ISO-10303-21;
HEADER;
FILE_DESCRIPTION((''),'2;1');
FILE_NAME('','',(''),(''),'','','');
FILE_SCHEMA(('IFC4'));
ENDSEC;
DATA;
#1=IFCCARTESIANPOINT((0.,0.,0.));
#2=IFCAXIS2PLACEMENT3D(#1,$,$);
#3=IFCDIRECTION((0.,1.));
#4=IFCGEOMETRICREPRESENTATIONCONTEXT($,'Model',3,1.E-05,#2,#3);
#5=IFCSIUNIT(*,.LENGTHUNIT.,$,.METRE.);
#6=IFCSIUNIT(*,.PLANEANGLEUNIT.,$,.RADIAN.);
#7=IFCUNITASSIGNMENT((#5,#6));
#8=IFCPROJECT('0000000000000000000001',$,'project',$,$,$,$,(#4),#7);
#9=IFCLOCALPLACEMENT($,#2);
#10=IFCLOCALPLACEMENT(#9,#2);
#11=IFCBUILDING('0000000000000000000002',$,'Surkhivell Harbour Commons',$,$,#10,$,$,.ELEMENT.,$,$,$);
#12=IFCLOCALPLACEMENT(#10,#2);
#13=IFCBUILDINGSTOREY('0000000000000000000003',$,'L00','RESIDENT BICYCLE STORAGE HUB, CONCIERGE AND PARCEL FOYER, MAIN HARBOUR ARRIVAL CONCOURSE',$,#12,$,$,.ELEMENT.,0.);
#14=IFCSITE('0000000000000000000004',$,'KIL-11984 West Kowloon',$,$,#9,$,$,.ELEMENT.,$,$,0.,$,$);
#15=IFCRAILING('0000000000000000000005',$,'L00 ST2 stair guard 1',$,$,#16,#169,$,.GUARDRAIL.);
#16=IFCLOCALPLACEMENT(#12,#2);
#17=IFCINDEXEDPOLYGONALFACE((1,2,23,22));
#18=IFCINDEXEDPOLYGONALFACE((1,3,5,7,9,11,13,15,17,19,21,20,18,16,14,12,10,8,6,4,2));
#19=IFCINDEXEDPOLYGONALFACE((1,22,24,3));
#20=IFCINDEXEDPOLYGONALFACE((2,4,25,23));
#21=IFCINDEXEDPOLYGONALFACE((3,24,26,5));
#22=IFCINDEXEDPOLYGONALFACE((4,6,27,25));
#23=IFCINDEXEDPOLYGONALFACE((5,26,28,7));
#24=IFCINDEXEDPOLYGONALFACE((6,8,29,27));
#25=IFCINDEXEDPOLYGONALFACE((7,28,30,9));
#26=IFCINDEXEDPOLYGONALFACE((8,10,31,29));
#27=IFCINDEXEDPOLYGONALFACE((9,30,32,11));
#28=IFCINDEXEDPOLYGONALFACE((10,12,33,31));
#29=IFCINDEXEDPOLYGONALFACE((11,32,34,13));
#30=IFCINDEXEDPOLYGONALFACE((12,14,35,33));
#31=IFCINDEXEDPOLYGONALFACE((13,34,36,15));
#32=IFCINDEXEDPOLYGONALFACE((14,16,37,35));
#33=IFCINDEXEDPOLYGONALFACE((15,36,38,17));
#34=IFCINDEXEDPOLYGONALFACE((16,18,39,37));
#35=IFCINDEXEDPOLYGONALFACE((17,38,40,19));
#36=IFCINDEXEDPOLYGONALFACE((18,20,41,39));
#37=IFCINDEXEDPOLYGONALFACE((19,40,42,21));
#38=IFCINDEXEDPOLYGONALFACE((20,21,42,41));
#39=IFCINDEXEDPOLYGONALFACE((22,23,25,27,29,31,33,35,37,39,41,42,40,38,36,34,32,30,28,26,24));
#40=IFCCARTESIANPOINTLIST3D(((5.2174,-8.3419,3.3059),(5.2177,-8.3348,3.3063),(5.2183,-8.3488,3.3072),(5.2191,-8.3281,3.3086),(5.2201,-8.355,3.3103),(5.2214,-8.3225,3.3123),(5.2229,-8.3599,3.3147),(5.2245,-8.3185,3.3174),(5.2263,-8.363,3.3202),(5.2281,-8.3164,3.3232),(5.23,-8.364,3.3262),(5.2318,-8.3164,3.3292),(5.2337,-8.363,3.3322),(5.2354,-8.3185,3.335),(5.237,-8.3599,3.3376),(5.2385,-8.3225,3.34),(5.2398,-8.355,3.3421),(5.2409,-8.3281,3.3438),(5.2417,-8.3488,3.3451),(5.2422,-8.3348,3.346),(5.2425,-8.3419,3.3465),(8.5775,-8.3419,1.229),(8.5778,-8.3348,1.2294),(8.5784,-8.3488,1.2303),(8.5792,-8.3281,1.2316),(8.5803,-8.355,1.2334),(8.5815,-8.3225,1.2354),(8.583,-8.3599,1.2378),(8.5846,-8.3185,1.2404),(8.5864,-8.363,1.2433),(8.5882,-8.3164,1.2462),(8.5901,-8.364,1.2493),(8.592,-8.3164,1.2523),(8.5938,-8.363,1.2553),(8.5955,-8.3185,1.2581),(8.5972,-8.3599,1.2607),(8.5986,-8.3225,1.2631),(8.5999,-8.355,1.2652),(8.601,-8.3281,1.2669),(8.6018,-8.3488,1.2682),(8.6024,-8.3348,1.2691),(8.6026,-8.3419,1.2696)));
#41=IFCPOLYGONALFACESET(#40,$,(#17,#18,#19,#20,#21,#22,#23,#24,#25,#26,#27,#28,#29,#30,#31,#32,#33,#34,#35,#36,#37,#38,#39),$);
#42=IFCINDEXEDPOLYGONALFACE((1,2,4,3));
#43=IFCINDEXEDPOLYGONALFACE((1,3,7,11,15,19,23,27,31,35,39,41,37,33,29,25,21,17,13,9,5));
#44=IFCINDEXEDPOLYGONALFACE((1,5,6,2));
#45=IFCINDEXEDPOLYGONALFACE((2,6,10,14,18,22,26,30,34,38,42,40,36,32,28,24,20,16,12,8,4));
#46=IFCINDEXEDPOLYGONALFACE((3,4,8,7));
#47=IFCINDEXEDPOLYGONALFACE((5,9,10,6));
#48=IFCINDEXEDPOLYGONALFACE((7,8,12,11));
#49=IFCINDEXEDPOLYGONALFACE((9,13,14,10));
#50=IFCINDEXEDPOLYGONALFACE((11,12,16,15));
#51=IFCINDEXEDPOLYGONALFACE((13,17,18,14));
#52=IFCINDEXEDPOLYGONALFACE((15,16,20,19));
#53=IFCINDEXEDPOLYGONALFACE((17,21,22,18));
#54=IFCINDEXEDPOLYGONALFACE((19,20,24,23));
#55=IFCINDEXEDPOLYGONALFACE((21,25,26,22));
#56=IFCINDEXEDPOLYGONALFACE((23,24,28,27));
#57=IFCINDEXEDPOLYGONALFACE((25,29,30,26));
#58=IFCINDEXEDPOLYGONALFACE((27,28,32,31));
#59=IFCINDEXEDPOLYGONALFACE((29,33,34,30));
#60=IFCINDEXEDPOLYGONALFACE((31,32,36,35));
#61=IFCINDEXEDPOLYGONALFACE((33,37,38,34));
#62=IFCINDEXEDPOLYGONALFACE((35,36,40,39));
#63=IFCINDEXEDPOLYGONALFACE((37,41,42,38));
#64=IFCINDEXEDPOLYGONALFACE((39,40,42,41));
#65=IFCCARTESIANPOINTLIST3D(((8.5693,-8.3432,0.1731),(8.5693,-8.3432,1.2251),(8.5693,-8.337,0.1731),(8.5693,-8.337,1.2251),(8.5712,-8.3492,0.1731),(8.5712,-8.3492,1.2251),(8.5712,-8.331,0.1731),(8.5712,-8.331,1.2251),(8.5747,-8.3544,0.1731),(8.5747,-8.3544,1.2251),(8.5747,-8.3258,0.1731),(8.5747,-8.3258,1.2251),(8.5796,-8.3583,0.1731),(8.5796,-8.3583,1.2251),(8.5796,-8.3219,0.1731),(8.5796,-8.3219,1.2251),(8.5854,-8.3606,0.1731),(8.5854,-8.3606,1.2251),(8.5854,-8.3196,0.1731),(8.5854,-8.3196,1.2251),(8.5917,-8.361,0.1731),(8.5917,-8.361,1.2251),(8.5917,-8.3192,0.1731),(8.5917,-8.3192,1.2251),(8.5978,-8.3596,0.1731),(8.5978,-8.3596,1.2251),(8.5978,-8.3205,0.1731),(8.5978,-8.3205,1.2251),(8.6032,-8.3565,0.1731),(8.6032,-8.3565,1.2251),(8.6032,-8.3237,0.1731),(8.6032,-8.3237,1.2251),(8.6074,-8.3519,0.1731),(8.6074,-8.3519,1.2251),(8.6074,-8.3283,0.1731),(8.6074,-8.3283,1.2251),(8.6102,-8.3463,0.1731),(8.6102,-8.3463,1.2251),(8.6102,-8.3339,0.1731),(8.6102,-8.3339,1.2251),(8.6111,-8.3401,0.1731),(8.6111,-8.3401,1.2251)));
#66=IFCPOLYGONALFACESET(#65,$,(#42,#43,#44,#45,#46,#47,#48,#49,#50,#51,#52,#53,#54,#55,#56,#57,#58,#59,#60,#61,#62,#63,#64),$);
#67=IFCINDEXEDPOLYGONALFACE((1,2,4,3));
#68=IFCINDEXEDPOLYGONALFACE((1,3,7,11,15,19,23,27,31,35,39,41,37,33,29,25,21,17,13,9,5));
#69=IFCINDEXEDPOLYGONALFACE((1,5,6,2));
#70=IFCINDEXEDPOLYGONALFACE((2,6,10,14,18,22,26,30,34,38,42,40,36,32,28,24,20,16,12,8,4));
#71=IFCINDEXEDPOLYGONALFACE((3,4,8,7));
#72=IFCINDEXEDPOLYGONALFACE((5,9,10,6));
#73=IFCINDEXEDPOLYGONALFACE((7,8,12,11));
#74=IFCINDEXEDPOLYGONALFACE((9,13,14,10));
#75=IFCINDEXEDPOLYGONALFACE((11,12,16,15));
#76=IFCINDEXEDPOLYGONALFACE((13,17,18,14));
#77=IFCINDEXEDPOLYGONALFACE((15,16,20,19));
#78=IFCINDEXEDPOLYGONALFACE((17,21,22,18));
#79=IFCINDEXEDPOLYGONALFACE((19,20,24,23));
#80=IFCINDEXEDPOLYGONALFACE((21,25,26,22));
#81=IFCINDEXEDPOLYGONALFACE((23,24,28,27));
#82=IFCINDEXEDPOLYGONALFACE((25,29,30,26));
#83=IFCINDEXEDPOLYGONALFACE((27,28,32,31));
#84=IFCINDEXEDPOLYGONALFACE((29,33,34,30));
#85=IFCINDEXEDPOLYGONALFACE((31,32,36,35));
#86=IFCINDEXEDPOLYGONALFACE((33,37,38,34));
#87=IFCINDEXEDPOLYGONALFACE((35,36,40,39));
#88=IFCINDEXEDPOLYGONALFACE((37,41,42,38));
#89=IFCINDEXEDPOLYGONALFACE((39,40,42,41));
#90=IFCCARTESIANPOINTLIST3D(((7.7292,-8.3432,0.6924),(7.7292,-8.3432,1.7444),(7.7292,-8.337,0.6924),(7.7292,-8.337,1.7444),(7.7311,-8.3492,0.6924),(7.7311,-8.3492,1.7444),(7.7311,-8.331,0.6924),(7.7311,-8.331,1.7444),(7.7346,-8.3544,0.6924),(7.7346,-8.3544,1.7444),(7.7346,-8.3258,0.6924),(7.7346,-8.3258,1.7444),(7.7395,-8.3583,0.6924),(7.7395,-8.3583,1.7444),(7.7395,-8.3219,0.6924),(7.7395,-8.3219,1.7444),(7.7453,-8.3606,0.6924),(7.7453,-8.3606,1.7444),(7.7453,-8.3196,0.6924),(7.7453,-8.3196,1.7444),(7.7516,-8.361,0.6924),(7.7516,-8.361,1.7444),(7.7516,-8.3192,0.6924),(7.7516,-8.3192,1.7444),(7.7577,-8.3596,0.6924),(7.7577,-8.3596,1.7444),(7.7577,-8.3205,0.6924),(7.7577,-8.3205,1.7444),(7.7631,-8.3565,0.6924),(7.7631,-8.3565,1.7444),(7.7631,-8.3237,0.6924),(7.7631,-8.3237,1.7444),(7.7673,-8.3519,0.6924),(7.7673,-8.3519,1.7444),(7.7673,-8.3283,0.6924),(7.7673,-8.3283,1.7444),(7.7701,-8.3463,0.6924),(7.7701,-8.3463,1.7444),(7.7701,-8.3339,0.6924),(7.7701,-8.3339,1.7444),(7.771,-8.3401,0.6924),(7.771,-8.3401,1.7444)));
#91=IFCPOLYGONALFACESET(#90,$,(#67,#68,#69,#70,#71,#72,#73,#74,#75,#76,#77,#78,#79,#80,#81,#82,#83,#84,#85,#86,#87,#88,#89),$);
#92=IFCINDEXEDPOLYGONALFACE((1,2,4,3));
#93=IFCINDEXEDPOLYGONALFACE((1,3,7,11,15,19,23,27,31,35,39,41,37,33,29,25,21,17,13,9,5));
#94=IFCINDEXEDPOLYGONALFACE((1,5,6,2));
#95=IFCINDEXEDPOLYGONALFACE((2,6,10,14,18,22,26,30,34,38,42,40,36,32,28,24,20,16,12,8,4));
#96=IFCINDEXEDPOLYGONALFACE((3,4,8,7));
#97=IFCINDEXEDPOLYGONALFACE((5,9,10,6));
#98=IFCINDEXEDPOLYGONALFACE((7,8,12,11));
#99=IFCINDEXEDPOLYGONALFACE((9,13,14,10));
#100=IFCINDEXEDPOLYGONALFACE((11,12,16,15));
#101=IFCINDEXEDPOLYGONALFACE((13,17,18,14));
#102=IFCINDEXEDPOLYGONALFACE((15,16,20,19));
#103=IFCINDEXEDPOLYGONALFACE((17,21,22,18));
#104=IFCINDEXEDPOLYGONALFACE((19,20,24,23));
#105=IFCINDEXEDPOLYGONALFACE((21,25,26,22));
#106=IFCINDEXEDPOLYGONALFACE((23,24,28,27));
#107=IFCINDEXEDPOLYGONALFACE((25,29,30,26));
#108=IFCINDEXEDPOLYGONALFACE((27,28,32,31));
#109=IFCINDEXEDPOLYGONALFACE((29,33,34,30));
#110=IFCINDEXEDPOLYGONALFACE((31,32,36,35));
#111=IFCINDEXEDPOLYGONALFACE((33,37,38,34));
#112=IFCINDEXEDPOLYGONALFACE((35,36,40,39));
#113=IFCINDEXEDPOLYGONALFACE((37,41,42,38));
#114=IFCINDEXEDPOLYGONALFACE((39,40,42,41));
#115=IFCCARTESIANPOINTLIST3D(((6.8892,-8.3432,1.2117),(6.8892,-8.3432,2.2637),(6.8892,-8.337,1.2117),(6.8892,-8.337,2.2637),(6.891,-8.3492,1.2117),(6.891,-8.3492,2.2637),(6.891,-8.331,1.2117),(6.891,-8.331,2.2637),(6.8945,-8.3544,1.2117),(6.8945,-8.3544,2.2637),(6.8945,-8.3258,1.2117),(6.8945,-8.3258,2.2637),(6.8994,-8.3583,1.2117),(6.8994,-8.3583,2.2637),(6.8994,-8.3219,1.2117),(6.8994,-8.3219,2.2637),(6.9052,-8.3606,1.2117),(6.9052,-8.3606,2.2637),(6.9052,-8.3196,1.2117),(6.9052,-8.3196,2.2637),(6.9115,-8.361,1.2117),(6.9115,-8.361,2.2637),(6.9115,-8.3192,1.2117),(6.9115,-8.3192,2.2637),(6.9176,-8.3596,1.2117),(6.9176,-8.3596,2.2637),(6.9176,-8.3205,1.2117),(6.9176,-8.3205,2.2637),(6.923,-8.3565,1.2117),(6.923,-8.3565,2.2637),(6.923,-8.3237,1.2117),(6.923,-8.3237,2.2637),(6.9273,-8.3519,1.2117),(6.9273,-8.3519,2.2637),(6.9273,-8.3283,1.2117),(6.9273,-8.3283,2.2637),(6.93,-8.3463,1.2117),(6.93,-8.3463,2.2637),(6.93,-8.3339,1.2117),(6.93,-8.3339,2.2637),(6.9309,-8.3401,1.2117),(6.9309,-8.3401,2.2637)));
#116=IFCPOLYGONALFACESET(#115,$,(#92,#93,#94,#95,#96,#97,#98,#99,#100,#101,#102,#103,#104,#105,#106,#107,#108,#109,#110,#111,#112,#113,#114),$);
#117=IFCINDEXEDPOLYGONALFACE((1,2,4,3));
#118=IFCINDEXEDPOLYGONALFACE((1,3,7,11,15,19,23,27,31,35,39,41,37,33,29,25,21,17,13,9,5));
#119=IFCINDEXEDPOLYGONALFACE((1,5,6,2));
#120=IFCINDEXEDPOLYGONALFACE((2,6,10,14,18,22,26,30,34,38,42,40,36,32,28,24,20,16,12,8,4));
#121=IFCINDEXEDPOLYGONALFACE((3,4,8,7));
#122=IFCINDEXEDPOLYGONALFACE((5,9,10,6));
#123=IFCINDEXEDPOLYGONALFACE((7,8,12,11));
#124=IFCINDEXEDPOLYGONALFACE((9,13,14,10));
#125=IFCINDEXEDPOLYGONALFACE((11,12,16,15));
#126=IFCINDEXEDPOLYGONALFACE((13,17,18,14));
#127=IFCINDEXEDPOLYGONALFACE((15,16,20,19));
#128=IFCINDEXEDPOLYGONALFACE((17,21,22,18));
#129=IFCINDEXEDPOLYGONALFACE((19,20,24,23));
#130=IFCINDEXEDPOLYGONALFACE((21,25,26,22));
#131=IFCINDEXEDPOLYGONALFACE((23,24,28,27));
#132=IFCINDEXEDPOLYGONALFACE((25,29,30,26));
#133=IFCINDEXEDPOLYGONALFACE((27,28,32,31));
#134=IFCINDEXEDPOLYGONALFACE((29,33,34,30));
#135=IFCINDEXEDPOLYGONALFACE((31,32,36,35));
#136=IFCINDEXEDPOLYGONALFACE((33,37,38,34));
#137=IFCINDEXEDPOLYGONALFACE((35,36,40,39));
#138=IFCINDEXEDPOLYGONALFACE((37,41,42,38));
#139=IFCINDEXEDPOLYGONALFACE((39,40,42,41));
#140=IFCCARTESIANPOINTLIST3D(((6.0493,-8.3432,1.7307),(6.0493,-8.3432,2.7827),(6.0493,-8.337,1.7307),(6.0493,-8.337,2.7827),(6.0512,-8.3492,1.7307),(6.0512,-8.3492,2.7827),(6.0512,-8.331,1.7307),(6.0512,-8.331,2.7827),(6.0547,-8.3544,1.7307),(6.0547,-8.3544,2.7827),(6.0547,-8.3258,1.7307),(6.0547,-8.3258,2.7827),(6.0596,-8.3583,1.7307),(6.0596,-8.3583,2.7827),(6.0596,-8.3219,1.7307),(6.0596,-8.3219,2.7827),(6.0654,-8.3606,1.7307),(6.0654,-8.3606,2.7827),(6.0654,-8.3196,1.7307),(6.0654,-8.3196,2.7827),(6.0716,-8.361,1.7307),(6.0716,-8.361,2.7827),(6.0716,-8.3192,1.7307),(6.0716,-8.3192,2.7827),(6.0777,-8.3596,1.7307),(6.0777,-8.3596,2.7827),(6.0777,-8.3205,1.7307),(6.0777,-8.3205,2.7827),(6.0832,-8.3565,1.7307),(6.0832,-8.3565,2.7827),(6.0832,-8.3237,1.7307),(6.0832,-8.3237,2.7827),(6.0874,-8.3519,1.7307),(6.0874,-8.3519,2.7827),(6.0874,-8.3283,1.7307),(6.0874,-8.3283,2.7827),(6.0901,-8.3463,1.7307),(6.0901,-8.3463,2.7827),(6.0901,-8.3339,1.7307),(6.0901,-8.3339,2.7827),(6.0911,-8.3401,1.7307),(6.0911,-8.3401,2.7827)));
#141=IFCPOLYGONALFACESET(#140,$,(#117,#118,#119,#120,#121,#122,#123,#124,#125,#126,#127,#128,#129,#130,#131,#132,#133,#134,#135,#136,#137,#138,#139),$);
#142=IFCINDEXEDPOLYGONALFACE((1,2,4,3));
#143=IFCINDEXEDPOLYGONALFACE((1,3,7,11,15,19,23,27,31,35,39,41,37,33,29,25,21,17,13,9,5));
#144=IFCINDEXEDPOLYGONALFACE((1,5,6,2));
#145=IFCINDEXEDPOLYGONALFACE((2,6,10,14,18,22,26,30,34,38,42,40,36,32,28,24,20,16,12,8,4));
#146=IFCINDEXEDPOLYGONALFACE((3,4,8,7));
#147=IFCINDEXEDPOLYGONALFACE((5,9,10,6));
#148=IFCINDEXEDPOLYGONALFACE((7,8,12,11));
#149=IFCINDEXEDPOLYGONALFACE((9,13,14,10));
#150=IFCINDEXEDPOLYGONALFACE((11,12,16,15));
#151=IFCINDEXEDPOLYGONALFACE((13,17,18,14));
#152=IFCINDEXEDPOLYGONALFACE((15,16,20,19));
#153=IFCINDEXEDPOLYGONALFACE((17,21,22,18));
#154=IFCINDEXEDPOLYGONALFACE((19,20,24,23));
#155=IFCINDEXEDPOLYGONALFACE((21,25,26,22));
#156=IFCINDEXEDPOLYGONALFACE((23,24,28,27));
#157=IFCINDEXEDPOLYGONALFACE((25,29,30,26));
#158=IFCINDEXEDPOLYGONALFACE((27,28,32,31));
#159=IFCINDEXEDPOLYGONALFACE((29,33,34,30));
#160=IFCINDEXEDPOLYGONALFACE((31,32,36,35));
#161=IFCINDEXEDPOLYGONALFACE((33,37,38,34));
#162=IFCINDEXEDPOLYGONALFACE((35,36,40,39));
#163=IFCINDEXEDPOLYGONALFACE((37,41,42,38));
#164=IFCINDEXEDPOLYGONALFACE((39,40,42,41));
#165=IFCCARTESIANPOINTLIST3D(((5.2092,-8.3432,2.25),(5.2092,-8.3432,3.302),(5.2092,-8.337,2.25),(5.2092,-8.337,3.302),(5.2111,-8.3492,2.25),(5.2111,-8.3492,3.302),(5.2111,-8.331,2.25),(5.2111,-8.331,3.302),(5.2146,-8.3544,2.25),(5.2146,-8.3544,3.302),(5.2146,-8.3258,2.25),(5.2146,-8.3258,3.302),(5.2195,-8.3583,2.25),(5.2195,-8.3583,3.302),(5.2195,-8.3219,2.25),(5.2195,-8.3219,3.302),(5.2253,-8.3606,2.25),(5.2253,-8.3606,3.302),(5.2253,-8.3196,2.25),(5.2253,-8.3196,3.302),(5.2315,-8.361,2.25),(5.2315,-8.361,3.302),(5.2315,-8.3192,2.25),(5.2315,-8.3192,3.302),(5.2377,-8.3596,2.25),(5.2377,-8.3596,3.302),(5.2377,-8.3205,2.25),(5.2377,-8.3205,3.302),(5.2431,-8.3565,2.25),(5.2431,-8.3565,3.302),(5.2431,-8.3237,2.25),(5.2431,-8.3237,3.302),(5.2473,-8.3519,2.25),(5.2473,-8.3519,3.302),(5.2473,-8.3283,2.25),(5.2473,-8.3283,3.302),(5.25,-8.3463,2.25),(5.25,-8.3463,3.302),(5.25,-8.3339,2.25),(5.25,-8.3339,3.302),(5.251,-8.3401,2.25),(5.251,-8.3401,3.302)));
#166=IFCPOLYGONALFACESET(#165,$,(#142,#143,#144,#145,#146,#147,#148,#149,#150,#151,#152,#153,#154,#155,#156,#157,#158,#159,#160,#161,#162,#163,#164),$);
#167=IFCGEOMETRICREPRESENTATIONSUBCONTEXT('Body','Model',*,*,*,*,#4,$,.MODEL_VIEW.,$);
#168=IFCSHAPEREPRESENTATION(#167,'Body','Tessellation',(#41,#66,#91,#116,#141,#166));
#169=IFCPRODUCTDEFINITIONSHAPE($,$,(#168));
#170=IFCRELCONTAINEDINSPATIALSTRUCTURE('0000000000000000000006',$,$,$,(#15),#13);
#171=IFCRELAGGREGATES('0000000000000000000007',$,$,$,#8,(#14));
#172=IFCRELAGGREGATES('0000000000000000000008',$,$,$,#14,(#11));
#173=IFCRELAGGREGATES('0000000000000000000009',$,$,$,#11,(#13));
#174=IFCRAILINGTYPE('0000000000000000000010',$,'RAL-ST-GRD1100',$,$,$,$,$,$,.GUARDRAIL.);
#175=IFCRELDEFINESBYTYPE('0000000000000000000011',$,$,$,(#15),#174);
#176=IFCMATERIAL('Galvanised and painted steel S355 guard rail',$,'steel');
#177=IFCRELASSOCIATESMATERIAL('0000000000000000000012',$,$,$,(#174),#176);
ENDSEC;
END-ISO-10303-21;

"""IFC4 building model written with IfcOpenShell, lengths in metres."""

from ifc_helpers import new_model, si_unit, direction, frame, origin, origin_2d, place, context, subcontext, project, spatial, circle, extrude, material, type_object, element, save


model = new_model("IFC4")

# Units and contexts
model_context = context("Model", 3, precision=1e-05, world=origin(), true_north=direction((0.0, 1.0)))
body_context = subcontext(model_context, "Body", "Model", "MODEL_VIEW")
ifc_project = project(units=[si_unit("LENGTHUNIT", "METRE"), si_unit("PLANEANGLEUNIT", "RADIAN")], contexts=[model_context])

# Site, building, storey
site_placement = place(None, origin())
site = spatial("IfcSite", under=ifc_project, at=site_placement, Name="KIL-11984 West Kowloon", CompositionType="ELEMENT", RefElevation=0.0)
building_placement = place(site_placement, origin())
building = spatial("IfcBuilding", under=site, at=building_placement, Name="Surkhivell Harbour Commons", CompositionType="ELEMENT")
storey_placement = place(building_placement, origin())
storey = spatial("IfcBuildingStorey", under=building, at=storey_placement, Name="L00", Description="RESIDENT BICYCLE STORAGE HUB, CONCIERGE AND PARCEL FOYER, MAIN HARBOUR ARRIVAL CONCOURSE", CompositionType="ELEMENT", Elevation=0.0)

# Railing
ifc_material_1 = material(Name="Galvanised and painted steel S355 guard rail", Category="steel")
railing_type_1 = type_object("IfcRailingType", Name="RAL-ST-GRD1100", PredefinedType="GUARDRAIL", material=ifc_material_1)
railing_1_placement = place(storey_placement, frame((8.5901, -8.3401, 0.1731)))
element("IfcRailing", 1, at=railing_1_placement, inside=storey, type_object=railing_type_1, Name="L00 ST2 stair guard 1", PredefinedType="GUARDRAIL", context=body_context, shape_type="SweptSolid", body=[
    extrude(circle(Radius=0.0239, at=origin_2d()), frame((0.0, 0.0, 1.0762), z_axis=(-0.850623, 0.0, 0.525776), x_axis=(0.0, -1.0, 0.0)), (0.0, 0.0, 1.0), 3.9502),
    extrude(circle(Radius=0.021, at=origin_2d()), origin(), (0.0, 0.0, 1.0), 1.052),
    extrude(circle(Radius=0.021, at=origin_2d()), frame((-0.8401, 0.0, 0.5193)), (0.0, 0.0, 1.0), 1.052),
    extrude(circle(Radius=0.021, at=origin_2d()), frame((-1.6802, 0.0, 1.0386)), (0.0, 0.0, 1.0), 1.052),
    extrude(circle(Radius=0.021, at=origin_2d()), frame((-2.52, 0.0, 1.5576)), (0.0, 0.0, 1.0), 1.052),
    extrude(circle(Radius=0.021, at=origin_2d()), frame((-3.3601, 0.0, 2.0769)), (0.0, 0.0, 1.0), 1.052),
])

save(model, "model.ifc")
